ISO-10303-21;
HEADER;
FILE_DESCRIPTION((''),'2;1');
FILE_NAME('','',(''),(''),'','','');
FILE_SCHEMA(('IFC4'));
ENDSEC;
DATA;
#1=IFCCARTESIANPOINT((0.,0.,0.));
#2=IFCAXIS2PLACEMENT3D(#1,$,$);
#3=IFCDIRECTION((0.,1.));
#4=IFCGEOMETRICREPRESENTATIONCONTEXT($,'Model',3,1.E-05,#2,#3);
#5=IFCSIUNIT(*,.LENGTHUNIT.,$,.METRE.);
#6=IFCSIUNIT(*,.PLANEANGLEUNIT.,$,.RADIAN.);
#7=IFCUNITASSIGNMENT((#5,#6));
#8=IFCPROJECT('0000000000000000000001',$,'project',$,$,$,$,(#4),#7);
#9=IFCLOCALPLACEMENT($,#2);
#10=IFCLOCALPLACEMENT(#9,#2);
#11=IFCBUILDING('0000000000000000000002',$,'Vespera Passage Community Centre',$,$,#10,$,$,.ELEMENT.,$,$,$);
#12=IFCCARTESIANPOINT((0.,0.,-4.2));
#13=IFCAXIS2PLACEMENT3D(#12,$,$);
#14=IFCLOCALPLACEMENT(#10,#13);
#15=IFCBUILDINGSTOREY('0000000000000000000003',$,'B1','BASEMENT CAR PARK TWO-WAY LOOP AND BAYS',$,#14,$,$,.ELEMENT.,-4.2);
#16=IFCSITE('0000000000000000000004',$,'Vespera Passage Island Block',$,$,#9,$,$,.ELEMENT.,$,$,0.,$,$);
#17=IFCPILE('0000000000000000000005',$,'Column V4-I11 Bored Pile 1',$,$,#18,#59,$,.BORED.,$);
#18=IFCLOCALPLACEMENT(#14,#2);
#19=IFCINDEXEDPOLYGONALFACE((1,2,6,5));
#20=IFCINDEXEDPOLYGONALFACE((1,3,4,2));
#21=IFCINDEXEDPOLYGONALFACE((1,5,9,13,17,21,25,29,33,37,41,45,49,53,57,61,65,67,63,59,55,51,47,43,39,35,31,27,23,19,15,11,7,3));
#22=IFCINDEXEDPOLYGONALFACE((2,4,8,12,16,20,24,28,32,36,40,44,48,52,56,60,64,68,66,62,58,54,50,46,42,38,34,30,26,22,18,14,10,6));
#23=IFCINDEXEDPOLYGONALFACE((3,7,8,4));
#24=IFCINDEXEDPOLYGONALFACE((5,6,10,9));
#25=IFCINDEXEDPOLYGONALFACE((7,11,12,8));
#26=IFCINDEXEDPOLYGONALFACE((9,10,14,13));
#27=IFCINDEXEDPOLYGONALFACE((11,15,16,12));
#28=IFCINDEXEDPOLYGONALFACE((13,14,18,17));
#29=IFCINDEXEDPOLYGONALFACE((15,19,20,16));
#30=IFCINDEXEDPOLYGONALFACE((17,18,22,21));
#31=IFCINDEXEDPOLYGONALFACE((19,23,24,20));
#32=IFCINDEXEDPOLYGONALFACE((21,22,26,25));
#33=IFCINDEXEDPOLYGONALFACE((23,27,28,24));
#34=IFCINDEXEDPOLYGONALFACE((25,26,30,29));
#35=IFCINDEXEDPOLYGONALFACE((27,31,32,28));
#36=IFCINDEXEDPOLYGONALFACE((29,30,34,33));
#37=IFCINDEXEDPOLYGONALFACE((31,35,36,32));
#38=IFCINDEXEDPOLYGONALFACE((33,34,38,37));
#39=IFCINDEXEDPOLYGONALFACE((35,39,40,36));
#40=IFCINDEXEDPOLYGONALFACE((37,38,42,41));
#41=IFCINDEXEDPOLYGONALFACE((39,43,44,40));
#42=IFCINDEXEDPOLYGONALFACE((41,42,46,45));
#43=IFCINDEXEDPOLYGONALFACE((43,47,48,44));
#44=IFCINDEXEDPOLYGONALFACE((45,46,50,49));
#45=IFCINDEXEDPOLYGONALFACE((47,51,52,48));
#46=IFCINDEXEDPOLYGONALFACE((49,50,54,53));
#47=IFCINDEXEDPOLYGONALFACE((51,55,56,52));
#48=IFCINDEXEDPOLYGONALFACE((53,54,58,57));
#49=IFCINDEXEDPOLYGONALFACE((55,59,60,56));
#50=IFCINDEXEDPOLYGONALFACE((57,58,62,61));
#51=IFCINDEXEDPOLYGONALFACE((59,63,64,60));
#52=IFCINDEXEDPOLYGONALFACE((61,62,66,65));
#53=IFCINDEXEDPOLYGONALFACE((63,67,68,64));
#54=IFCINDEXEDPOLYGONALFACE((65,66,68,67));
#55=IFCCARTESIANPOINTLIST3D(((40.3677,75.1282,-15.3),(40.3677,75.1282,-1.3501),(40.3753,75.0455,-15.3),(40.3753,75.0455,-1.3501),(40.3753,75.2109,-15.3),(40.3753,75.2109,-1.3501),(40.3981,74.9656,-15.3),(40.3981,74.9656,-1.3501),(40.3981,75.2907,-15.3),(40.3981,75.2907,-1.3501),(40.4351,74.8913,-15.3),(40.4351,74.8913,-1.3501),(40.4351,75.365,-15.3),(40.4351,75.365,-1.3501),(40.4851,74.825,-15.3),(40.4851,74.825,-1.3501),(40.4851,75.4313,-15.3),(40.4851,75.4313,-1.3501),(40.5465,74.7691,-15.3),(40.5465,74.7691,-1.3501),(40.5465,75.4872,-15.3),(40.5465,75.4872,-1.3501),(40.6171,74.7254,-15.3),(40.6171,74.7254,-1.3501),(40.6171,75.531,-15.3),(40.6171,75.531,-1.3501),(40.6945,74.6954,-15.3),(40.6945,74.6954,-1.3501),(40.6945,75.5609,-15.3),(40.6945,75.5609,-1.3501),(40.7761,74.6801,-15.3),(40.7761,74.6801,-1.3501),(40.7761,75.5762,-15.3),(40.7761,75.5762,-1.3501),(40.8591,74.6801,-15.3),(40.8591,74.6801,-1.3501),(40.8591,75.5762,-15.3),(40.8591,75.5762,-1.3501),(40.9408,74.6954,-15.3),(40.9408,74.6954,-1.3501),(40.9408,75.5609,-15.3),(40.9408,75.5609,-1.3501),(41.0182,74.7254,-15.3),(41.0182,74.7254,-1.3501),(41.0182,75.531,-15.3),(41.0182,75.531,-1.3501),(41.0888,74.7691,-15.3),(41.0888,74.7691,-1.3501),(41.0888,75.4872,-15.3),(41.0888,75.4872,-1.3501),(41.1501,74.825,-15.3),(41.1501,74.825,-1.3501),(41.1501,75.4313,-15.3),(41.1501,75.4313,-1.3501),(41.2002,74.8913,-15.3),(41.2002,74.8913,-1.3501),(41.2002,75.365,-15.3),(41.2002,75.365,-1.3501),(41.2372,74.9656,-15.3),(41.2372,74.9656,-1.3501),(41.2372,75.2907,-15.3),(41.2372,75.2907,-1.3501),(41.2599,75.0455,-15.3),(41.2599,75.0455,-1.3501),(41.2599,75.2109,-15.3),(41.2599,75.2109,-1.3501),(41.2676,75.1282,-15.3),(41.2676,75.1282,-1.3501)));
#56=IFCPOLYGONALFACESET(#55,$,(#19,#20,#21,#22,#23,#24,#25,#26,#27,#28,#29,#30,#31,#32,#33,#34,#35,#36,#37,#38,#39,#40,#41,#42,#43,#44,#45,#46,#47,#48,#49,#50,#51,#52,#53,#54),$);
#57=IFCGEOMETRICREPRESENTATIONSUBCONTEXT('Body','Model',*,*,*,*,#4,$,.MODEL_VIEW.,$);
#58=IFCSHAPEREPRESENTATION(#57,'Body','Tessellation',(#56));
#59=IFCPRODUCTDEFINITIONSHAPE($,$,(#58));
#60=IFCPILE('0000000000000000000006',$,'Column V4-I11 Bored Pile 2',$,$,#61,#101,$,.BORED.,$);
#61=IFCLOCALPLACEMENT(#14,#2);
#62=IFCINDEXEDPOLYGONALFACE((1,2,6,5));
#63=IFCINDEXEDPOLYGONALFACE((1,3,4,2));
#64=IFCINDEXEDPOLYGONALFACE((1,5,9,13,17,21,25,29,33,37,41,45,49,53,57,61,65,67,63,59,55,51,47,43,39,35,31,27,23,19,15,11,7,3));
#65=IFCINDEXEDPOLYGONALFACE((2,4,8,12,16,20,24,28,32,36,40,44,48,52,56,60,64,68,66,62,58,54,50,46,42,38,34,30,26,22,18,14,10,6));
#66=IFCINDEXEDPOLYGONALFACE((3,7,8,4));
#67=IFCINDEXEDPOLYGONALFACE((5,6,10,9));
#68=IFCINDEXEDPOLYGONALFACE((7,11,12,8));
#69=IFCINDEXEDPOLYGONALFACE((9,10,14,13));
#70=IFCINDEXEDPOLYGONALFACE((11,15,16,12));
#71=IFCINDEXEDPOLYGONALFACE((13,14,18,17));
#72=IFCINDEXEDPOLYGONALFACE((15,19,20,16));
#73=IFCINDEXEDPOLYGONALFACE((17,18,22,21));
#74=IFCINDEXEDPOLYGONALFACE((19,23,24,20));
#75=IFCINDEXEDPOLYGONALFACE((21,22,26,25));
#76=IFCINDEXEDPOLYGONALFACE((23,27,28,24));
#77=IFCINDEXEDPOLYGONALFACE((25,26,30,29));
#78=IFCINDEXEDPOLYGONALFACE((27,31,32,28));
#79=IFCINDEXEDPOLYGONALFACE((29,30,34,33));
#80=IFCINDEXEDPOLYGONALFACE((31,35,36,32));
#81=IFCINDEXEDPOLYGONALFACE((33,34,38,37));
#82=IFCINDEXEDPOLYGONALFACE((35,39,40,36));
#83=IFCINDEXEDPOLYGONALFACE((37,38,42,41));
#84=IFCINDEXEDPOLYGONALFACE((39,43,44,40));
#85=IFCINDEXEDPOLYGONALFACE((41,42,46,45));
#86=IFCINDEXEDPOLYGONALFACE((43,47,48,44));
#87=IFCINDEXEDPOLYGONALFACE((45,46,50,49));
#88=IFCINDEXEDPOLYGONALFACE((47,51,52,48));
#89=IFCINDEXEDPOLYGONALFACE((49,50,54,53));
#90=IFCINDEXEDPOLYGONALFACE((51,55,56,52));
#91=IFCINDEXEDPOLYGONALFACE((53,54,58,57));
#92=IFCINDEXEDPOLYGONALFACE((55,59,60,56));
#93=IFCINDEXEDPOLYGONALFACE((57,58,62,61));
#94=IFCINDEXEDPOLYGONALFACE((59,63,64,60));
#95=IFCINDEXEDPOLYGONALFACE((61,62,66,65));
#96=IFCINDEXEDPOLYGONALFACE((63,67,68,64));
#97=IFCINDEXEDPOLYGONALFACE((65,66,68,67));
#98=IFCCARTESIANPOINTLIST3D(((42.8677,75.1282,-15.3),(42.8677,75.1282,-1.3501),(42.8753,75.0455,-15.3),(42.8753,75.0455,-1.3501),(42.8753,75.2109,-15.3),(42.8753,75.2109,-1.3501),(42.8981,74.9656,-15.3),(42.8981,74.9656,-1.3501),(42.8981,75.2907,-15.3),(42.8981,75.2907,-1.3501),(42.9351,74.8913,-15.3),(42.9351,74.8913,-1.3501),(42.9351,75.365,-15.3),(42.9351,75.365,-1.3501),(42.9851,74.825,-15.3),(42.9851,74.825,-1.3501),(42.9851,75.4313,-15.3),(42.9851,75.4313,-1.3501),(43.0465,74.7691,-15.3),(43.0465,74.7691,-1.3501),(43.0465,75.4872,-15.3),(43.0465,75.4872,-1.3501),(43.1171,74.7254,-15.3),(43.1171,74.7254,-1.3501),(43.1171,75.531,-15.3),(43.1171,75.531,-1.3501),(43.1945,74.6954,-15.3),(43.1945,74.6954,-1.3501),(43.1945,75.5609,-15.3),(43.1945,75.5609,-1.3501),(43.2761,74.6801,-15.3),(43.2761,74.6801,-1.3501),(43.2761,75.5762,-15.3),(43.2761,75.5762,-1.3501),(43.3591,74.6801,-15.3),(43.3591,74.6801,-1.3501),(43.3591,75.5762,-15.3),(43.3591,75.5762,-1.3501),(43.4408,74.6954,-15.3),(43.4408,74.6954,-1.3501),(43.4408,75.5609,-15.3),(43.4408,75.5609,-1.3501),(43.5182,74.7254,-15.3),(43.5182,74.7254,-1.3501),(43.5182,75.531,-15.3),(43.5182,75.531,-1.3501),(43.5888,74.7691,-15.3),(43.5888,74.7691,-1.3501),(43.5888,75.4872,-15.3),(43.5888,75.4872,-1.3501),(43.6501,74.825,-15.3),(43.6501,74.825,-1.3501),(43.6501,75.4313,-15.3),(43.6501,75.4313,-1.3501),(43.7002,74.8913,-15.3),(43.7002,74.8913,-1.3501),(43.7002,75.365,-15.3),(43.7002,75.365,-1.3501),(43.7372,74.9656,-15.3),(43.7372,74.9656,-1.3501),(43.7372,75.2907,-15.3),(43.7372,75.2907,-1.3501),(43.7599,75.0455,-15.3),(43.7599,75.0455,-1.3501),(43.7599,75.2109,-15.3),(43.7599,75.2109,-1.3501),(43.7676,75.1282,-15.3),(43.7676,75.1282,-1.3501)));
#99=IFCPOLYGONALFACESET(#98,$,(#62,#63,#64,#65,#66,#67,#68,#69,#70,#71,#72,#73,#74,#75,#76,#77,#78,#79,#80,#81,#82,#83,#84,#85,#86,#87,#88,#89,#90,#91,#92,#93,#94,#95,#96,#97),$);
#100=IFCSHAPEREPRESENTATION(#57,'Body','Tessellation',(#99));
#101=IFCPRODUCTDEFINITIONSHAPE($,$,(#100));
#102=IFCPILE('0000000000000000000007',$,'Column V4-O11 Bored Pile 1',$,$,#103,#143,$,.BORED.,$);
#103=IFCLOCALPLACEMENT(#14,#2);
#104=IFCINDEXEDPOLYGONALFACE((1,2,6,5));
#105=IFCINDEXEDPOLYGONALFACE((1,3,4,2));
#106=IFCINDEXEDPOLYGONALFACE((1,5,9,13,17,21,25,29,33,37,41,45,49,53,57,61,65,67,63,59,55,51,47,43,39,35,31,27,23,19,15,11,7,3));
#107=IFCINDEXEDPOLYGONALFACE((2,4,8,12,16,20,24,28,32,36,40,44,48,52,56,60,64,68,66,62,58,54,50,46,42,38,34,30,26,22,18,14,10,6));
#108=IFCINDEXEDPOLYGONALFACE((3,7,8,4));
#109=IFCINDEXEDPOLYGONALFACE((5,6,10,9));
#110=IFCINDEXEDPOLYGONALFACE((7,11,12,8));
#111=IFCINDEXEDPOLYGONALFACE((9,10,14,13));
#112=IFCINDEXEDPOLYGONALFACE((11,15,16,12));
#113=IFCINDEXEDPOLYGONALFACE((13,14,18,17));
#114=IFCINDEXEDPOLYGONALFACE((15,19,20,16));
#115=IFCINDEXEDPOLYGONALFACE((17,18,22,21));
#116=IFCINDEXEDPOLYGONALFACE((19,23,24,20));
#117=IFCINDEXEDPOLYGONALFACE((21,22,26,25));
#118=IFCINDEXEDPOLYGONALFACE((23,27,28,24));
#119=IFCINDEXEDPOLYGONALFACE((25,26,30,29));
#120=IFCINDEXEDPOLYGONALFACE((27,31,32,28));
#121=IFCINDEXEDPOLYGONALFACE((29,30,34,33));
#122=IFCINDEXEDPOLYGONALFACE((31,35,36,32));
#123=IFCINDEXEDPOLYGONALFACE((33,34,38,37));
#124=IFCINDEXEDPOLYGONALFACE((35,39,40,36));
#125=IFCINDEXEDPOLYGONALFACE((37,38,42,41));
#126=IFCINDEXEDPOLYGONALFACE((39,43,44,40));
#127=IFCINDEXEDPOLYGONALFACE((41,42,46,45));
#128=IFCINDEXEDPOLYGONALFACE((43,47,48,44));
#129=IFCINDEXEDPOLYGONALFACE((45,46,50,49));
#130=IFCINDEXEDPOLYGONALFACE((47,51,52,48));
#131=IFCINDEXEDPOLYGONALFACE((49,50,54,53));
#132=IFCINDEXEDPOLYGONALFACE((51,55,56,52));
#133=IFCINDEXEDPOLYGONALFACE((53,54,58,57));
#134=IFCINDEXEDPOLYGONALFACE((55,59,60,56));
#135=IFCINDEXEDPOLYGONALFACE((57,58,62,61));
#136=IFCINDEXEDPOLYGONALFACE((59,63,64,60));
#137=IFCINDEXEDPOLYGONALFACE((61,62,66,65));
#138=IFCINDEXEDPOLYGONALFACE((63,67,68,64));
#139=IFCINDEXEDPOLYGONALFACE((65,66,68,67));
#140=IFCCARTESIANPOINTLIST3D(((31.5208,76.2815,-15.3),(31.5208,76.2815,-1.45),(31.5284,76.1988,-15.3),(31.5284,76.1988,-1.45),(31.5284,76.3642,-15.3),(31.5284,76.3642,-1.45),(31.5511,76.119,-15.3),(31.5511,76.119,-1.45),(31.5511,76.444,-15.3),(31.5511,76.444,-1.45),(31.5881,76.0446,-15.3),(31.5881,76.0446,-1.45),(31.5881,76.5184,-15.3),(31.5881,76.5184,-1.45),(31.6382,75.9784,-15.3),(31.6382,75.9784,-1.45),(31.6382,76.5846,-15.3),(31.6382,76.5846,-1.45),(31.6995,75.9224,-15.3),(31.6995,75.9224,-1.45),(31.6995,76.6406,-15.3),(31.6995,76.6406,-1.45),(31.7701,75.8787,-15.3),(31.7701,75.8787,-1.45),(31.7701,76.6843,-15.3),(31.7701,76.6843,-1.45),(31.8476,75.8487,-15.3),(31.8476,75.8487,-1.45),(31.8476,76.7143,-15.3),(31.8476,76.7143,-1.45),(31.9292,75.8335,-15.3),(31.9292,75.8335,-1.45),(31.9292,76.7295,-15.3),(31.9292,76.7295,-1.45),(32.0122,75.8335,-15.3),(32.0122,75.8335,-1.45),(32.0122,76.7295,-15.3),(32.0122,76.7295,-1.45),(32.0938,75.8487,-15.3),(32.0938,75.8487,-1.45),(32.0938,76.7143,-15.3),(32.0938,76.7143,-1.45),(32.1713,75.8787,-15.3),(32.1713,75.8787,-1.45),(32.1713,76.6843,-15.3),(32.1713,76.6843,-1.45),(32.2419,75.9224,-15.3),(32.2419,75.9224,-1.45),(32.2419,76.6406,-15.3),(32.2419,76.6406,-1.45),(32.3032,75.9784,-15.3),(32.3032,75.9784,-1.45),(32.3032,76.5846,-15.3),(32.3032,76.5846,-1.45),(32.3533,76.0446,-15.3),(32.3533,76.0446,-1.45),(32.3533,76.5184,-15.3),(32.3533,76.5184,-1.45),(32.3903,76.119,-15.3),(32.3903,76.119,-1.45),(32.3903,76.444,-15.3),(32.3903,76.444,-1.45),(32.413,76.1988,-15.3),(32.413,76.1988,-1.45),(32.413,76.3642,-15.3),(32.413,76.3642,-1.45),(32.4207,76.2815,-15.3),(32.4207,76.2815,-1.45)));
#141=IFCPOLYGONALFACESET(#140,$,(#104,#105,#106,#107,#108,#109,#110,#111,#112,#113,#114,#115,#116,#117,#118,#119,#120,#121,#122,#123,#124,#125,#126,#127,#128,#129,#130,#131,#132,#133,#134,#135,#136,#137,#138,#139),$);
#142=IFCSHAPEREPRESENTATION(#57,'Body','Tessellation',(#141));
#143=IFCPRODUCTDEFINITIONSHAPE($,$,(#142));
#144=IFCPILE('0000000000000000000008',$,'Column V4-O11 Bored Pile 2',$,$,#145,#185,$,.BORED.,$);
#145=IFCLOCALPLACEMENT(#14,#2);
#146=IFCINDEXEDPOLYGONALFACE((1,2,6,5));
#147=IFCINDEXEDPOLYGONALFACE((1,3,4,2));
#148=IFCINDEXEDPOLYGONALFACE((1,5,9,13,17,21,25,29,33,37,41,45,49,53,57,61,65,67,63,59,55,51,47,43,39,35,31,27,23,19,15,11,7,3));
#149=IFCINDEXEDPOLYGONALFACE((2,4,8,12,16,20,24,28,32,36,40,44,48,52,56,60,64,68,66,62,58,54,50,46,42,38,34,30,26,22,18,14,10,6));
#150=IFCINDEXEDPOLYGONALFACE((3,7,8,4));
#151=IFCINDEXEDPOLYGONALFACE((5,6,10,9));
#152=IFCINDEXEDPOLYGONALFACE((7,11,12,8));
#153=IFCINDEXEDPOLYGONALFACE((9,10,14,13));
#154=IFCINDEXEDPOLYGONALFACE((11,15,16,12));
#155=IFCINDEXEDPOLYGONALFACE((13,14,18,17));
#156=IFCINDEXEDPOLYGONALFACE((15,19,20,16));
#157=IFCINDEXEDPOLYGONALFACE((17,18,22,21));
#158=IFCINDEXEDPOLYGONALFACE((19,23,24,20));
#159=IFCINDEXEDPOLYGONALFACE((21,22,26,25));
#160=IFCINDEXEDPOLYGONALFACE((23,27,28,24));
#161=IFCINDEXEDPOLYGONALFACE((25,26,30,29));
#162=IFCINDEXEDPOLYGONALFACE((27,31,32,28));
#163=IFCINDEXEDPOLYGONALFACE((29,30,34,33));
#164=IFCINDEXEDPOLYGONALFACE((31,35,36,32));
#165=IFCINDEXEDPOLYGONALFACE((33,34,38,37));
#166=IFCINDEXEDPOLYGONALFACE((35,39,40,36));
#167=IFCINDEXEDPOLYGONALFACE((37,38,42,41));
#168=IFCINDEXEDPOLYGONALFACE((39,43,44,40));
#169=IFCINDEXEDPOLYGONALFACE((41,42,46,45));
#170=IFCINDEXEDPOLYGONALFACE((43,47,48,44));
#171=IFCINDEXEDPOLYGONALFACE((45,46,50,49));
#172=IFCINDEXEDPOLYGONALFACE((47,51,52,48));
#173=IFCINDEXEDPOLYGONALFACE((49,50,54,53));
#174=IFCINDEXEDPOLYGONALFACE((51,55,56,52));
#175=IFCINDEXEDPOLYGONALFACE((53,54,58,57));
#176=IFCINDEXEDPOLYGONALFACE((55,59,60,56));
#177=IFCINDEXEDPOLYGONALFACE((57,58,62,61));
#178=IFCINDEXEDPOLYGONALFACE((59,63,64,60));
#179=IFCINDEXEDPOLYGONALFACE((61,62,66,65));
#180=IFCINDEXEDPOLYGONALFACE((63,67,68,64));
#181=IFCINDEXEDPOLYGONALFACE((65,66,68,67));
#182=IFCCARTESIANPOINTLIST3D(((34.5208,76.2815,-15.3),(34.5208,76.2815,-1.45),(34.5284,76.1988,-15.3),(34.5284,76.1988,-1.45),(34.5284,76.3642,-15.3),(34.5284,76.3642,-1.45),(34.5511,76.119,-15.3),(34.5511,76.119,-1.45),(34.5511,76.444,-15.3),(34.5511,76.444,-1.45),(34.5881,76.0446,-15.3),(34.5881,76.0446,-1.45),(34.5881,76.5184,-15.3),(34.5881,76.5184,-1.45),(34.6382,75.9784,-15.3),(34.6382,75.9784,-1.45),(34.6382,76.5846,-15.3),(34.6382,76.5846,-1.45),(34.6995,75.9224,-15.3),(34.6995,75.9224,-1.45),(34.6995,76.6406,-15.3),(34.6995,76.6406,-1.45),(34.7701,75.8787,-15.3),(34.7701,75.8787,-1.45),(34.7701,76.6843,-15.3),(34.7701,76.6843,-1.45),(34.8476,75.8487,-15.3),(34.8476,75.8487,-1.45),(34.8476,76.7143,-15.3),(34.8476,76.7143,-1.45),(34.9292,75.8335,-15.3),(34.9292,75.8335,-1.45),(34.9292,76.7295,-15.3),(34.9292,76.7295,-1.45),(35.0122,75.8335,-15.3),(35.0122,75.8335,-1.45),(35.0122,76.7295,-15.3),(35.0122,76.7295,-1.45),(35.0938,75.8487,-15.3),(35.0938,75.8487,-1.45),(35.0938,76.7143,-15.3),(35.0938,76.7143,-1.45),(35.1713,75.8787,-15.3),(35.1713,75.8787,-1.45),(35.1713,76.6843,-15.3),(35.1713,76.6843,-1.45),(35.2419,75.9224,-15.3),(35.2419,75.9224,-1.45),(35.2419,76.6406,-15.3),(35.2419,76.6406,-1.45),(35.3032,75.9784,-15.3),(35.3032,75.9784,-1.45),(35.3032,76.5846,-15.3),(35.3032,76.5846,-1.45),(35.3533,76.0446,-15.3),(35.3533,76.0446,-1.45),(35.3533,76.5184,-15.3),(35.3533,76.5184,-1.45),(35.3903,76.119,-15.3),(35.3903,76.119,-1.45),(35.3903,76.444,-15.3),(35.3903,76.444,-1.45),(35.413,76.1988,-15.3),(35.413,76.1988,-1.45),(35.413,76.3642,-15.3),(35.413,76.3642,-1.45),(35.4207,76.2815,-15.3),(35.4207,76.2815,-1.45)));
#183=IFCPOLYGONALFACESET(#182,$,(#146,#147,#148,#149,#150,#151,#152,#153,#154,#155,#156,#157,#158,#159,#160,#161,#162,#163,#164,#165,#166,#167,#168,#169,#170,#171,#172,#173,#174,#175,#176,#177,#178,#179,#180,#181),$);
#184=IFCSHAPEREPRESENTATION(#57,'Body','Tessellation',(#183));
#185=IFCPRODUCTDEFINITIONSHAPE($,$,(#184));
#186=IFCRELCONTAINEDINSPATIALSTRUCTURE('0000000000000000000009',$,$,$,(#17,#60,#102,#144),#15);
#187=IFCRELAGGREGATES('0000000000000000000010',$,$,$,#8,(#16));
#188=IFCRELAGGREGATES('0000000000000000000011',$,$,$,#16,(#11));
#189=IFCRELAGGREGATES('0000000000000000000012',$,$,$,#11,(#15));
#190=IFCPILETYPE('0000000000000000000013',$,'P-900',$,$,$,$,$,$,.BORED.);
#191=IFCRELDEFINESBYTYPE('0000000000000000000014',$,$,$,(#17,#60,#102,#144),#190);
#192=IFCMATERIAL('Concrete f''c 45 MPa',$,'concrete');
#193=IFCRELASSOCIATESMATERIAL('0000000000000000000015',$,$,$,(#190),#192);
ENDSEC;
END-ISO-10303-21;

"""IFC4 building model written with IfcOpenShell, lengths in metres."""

from ifc_helpers import new_model, si_unit, direction, frame, origin, origin_2d, place, context, subcontext, project, spatial, circle, extrude, material, material_profile, profile_set, type_object, element, save


model = new_model("IFC4")

# Units and contexts
model_context = context("Model", 3, precision=1e-05, world=origin(), true_north=direction((0.0, 1.0)))
body_context = subcontext(model_context, "Body", "Model", "MODEL_VIEW")
ifc_project = project(units=[si_unit("LENGTHUNIT", "METRE"), si_unit("PLANEANGLEUNIT", "RADIAN")], contexts=[model_context])

# Site, building, storey
site_placement = place(None, origin())
site = spatial("IfcSite", under=ifc_project, at=site_placement, Name="Vespera Passage Island Block", CompositionType="ELEMENT", RefElevation=0.0)
building_placement = place(site_placement, origin())
building = spatial("IfcBuilding", under=site, at=building_placement, Name="Vespera Passage Community Centre", CompositionType="ELEMENT")
storey_placement = place(building_placement, frame((0.0, 0.0, -4.2)))
storey = spatial("IfcBuildingStorey", under=building, at=storey_placement, Name="B1", Description="BASEMENT CAR PARK TWO-WAY LOOP AND BAYS", CompositionType="ELEMENT", Elevation=-4.2)

# Piles
ifc_material_1 = material(Name="Concrete f'c 45 MPa", Category="concrete")
ifc_material_profile_1 = material_profile(ifc_material_1, circle(Radius=0.45, at=origin_2d()), Name="PILE900DIA")
ifc_profile_set_1 = profile_set([ifc_material_profile_1], Name="Concrete f'c 45 MPa")
pile_type = type_object("IfcPileType", Name="P-900", PredefinedType="BORED", material=ifc_profile_set_1)
for number, where, z_axis, x_axis, name in (
    (1, (40.8176, 75.1282, -1.3501), (0.0, 0.0, -1.0), (1.0, 0.0, 0.0), "Column V4-I11 Bored Pile 1"),
    (2, (43.3176, 75.1282, -1.3501), (0.0, 0.0, -1.0), (1.0, 0.0, 0.0), "Column V4-I11 Bored Pile 2"),
):
    element("IfcPile", number, at=place(storey_placement, frame(where, z_axis=z_axis, x_axis=x_axis)), inside=storey, type_object=pile_type, Name=name, PredefinedType="BORED", context=body_context, shape_type="SweptSolid", body=[
        extrude(circle(Radius=0.45, at=origin_2d()), origin(), (0.0, 0.0, 1.0), 13.95),
    ])
for number, where, z_axis, x_axis, name in (
    (3, (31.9707, 76.2815, -1.45), (0.0, 0.0, -1.0), (1.0, 0.0, 0.0), "Column V4-O11 Bored Pile 1"),
    (4, (34.9707, 76.2815, -1.45), (0.0, 0.0, -1.0), (1.0, 0.0, 0.0), "Column V4-O11 Bored Pile 2"),
):
    element("IfcPile", number, at=place(storey_placement, frame(where, z_axis=z_axis, x_axis=x_axis)), inside=storey, type_object=pile_type, Name=name, PredefinedType="BORED", context=body_context, shape_type="SweptSolid", body=[
        extrude(circle(Radius=0.45, at=origin_2d()), origin(), (0.0, 0.0, 1.0), 13.8501),
    ])

save(model, "model.ifc")
